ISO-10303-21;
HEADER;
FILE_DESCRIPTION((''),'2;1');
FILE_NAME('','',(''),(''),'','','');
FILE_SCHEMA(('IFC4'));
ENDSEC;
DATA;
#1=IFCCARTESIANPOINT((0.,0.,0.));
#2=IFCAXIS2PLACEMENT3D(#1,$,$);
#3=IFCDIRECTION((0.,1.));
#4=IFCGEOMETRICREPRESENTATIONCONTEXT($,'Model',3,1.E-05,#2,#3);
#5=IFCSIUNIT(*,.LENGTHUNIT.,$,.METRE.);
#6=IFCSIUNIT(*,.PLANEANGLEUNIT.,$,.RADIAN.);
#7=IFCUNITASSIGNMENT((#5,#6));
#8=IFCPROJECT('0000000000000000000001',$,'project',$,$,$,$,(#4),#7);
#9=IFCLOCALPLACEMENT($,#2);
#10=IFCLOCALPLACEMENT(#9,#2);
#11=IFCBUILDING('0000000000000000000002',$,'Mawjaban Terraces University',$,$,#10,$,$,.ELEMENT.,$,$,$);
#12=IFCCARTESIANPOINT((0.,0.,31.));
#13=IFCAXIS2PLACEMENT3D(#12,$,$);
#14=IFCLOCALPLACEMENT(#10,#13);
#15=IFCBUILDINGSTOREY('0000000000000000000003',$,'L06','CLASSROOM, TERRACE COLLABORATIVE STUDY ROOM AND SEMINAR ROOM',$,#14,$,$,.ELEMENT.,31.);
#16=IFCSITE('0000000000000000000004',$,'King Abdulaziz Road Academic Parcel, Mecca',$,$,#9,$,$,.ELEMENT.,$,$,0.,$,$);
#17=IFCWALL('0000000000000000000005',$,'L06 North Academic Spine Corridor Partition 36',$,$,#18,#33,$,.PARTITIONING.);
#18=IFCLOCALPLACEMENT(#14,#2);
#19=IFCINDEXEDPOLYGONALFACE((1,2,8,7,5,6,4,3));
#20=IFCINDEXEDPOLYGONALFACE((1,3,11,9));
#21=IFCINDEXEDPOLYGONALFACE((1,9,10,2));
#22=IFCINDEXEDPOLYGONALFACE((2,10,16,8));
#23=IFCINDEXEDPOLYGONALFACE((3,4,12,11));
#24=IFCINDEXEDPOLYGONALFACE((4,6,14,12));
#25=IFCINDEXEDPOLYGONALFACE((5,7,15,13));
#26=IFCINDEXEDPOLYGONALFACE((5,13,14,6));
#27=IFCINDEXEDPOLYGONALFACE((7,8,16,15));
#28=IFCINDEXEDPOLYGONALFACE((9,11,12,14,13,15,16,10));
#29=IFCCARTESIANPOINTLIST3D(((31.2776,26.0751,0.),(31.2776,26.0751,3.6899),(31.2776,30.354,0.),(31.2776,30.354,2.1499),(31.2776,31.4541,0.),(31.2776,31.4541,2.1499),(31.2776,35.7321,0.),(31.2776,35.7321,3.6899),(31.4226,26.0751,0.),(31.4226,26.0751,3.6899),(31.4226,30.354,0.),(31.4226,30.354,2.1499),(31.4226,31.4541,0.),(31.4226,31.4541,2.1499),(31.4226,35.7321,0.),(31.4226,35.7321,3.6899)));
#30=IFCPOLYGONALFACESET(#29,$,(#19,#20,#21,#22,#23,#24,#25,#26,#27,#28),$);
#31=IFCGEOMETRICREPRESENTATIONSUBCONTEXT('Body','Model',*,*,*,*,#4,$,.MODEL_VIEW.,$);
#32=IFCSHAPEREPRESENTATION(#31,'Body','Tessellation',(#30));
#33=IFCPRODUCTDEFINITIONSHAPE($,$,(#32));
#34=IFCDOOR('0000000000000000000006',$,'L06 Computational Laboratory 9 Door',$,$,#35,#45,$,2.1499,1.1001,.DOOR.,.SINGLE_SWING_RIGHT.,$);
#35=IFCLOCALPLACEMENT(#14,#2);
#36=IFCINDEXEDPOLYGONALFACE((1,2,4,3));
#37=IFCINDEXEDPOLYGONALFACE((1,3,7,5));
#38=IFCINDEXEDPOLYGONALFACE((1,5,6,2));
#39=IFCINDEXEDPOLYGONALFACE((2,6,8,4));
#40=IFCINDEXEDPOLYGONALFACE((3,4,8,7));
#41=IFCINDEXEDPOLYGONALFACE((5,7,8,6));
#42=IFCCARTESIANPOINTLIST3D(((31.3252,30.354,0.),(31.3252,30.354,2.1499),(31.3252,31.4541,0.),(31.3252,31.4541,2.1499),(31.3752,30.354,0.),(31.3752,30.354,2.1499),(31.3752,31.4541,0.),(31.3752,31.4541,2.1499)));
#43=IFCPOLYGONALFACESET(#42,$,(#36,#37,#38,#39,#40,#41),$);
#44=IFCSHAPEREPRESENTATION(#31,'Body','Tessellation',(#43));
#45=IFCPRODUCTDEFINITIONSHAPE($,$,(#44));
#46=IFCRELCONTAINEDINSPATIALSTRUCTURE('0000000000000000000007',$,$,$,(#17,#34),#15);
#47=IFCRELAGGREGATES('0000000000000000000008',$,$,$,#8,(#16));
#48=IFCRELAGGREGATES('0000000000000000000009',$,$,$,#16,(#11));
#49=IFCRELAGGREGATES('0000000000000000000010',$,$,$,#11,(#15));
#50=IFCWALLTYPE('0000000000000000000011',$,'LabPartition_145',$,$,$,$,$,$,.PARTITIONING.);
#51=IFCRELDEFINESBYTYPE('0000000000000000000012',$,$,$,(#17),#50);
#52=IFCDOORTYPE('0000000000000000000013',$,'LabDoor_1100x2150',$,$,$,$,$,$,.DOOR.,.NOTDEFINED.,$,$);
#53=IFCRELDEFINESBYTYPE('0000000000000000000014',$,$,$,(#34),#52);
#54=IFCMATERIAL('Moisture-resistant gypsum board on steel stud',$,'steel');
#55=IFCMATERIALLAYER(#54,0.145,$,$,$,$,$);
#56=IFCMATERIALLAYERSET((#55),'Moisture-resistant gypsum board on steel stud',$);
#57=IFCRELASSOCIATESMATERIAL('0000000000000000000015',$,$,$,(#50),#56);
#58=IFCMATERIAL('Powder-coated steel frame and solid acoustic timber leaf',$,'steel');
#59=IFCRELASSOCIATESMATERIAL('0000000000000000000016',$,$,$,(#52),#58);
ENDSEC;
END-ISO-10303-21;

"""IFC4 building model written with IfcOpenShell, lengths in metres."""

from ifc_helpers import new_model, si_unit, direction, frame, frame_2d, origin, place, context, subcontext, project, spatial, rectangle, extrude, material, layer, layer_set, type_object, element, fill, save


model = new_model("IFC4")

# Units and contexts
model_context = context("Model", 3, precision=1e-05, world=origin(), true_north=direction((0.0, 1.0)))
body_context = subcontext(model_context, "Body", "Model", "MODEL_VIEW")
ifc_project = project(units=[si_unit("LENGTHUNIT", "METRE"), si_unit("PLANEANGLEUNIT", "RADIAN")], contexts=[model_context])

# Site, building, storey
site_placement = place(None, origin())
site = spatial("IfcSite", under=ifc_project, at=site_placement, Name="King Abdulaziz Road Academic Parcel, Mecca", CompositionType="ELEMENT", RefElevation=0.0)
building_placement = place(site_placement, origin())
building = spatial("IfcBuilding", under=site, at=building_placement, Name="Mawjaban Terraces University", CompositionType="ELEMENT")
storey_placement = place(building_placement, frame((0.0, 0.0, 31.0)))
storey = spatial("IfcBuildingStorey", under=building, at=storey_placement, Name="L06", Description="CLASSROOM, TERRACE COLLABORATIVE STUDY ROOM AND SEMINAR ROOM", CompositionType="ELEMENT", Elevation=31.0)

# Shared definitions
ifc_material_1 = material(Name="Powder-coated steel frame and solid acoustic timber leaf", Category="steel")

# Shared definitions
ifc_material_2 = material(Name="Moisture-resistant gypsum board on steel stud", Category="steel")
ifc_layer_1 = layer(ifc_material_2, 0.145)
ifc_layer_set_1 = layer_set([ifc_layer_1], Name="Moisture-resistant gypsum board on steel stud")
wall_type_1 = type_object("IfcWallType", Name="LabPartition_145", PredefinedType="PARTITIONING", material=ifc_layer_set_1)

# Wall, opening, door
wall_1_placement = place(storey_placement, frame((31.3501, 26.075, 0.0), z_axis=(0.0, 0.0, 1.0), x_axis=(0.0, 1.0, 0.0)))
wall_1 = element("IfcWall", 1, at=wall_1_placement, inside=storey, type_object=wall_type_1, Name="L06 North Academic Spine Corridor Partition 36", PredefinedType="PARTITIONING", context=body_context, shape_type="SweptSolid", body=[
    extrude(rectangle(XDim=9.657, YDim=0.145, at=frame_2d((4.8286, 0.0))), origin(), (0.0, 0.0, 1.0), 3.6899),
])
opening_1_placement = place(wall_1_placement, frame((4.2791, 0.0, 0.0)))
opening_1 = element("IfcOpeningElement", 2, at=opening_1_placement, cuts=wall_1, PredefinedType="OPENING", context=body_context, shape_type="SweptSolid", body=[
    extrude(rectangle(XDim=1.1001, YDim=2.1499, at=frame_2d((0.55, 1.075))), frame((0.0, 0.0825, 0.0), z_axis=(0.0, -1.0, 0.0), x_axis=(1.0, 0.0, 0.0)), (0.0, 0.0, 1.0), 0.165),
])
door_type_1 = type_object("IfcDoorType", Name="LabDoor_1100x2150", OperationType="NOTDEFINED", PredefinedType="DOOR", material=ifc_material_1)
door_1_placement = place(opening_1_placement, origin())
door_1 = element("IfcDoor", 3, at=door_1_placement, inside=storey, type_object=door_type_1, Name="L06 Computational Laboratory 9 Door", OperationType="SINGLE_SWING_RIGHT", OverallHeight=2.1499, OverallWidth=1.1001, PredefinedType="DOOR", context=body_context, shape_type="SweptSolid", body=[
    extrude(rectangle(XDim=1.1001, YDim=2.1499, at=frame_2d((0.55, 1.075))), frame((0.0, 0.0249, 0.0), z_axis=(0.0, -1.0, 0.0), x_axis=(1.0, 0.0, 0.0)), (0.0, 0.0, 1.0), 0.05),
])
fill(opening_1, door_1)

save(model, "model.ifc")
